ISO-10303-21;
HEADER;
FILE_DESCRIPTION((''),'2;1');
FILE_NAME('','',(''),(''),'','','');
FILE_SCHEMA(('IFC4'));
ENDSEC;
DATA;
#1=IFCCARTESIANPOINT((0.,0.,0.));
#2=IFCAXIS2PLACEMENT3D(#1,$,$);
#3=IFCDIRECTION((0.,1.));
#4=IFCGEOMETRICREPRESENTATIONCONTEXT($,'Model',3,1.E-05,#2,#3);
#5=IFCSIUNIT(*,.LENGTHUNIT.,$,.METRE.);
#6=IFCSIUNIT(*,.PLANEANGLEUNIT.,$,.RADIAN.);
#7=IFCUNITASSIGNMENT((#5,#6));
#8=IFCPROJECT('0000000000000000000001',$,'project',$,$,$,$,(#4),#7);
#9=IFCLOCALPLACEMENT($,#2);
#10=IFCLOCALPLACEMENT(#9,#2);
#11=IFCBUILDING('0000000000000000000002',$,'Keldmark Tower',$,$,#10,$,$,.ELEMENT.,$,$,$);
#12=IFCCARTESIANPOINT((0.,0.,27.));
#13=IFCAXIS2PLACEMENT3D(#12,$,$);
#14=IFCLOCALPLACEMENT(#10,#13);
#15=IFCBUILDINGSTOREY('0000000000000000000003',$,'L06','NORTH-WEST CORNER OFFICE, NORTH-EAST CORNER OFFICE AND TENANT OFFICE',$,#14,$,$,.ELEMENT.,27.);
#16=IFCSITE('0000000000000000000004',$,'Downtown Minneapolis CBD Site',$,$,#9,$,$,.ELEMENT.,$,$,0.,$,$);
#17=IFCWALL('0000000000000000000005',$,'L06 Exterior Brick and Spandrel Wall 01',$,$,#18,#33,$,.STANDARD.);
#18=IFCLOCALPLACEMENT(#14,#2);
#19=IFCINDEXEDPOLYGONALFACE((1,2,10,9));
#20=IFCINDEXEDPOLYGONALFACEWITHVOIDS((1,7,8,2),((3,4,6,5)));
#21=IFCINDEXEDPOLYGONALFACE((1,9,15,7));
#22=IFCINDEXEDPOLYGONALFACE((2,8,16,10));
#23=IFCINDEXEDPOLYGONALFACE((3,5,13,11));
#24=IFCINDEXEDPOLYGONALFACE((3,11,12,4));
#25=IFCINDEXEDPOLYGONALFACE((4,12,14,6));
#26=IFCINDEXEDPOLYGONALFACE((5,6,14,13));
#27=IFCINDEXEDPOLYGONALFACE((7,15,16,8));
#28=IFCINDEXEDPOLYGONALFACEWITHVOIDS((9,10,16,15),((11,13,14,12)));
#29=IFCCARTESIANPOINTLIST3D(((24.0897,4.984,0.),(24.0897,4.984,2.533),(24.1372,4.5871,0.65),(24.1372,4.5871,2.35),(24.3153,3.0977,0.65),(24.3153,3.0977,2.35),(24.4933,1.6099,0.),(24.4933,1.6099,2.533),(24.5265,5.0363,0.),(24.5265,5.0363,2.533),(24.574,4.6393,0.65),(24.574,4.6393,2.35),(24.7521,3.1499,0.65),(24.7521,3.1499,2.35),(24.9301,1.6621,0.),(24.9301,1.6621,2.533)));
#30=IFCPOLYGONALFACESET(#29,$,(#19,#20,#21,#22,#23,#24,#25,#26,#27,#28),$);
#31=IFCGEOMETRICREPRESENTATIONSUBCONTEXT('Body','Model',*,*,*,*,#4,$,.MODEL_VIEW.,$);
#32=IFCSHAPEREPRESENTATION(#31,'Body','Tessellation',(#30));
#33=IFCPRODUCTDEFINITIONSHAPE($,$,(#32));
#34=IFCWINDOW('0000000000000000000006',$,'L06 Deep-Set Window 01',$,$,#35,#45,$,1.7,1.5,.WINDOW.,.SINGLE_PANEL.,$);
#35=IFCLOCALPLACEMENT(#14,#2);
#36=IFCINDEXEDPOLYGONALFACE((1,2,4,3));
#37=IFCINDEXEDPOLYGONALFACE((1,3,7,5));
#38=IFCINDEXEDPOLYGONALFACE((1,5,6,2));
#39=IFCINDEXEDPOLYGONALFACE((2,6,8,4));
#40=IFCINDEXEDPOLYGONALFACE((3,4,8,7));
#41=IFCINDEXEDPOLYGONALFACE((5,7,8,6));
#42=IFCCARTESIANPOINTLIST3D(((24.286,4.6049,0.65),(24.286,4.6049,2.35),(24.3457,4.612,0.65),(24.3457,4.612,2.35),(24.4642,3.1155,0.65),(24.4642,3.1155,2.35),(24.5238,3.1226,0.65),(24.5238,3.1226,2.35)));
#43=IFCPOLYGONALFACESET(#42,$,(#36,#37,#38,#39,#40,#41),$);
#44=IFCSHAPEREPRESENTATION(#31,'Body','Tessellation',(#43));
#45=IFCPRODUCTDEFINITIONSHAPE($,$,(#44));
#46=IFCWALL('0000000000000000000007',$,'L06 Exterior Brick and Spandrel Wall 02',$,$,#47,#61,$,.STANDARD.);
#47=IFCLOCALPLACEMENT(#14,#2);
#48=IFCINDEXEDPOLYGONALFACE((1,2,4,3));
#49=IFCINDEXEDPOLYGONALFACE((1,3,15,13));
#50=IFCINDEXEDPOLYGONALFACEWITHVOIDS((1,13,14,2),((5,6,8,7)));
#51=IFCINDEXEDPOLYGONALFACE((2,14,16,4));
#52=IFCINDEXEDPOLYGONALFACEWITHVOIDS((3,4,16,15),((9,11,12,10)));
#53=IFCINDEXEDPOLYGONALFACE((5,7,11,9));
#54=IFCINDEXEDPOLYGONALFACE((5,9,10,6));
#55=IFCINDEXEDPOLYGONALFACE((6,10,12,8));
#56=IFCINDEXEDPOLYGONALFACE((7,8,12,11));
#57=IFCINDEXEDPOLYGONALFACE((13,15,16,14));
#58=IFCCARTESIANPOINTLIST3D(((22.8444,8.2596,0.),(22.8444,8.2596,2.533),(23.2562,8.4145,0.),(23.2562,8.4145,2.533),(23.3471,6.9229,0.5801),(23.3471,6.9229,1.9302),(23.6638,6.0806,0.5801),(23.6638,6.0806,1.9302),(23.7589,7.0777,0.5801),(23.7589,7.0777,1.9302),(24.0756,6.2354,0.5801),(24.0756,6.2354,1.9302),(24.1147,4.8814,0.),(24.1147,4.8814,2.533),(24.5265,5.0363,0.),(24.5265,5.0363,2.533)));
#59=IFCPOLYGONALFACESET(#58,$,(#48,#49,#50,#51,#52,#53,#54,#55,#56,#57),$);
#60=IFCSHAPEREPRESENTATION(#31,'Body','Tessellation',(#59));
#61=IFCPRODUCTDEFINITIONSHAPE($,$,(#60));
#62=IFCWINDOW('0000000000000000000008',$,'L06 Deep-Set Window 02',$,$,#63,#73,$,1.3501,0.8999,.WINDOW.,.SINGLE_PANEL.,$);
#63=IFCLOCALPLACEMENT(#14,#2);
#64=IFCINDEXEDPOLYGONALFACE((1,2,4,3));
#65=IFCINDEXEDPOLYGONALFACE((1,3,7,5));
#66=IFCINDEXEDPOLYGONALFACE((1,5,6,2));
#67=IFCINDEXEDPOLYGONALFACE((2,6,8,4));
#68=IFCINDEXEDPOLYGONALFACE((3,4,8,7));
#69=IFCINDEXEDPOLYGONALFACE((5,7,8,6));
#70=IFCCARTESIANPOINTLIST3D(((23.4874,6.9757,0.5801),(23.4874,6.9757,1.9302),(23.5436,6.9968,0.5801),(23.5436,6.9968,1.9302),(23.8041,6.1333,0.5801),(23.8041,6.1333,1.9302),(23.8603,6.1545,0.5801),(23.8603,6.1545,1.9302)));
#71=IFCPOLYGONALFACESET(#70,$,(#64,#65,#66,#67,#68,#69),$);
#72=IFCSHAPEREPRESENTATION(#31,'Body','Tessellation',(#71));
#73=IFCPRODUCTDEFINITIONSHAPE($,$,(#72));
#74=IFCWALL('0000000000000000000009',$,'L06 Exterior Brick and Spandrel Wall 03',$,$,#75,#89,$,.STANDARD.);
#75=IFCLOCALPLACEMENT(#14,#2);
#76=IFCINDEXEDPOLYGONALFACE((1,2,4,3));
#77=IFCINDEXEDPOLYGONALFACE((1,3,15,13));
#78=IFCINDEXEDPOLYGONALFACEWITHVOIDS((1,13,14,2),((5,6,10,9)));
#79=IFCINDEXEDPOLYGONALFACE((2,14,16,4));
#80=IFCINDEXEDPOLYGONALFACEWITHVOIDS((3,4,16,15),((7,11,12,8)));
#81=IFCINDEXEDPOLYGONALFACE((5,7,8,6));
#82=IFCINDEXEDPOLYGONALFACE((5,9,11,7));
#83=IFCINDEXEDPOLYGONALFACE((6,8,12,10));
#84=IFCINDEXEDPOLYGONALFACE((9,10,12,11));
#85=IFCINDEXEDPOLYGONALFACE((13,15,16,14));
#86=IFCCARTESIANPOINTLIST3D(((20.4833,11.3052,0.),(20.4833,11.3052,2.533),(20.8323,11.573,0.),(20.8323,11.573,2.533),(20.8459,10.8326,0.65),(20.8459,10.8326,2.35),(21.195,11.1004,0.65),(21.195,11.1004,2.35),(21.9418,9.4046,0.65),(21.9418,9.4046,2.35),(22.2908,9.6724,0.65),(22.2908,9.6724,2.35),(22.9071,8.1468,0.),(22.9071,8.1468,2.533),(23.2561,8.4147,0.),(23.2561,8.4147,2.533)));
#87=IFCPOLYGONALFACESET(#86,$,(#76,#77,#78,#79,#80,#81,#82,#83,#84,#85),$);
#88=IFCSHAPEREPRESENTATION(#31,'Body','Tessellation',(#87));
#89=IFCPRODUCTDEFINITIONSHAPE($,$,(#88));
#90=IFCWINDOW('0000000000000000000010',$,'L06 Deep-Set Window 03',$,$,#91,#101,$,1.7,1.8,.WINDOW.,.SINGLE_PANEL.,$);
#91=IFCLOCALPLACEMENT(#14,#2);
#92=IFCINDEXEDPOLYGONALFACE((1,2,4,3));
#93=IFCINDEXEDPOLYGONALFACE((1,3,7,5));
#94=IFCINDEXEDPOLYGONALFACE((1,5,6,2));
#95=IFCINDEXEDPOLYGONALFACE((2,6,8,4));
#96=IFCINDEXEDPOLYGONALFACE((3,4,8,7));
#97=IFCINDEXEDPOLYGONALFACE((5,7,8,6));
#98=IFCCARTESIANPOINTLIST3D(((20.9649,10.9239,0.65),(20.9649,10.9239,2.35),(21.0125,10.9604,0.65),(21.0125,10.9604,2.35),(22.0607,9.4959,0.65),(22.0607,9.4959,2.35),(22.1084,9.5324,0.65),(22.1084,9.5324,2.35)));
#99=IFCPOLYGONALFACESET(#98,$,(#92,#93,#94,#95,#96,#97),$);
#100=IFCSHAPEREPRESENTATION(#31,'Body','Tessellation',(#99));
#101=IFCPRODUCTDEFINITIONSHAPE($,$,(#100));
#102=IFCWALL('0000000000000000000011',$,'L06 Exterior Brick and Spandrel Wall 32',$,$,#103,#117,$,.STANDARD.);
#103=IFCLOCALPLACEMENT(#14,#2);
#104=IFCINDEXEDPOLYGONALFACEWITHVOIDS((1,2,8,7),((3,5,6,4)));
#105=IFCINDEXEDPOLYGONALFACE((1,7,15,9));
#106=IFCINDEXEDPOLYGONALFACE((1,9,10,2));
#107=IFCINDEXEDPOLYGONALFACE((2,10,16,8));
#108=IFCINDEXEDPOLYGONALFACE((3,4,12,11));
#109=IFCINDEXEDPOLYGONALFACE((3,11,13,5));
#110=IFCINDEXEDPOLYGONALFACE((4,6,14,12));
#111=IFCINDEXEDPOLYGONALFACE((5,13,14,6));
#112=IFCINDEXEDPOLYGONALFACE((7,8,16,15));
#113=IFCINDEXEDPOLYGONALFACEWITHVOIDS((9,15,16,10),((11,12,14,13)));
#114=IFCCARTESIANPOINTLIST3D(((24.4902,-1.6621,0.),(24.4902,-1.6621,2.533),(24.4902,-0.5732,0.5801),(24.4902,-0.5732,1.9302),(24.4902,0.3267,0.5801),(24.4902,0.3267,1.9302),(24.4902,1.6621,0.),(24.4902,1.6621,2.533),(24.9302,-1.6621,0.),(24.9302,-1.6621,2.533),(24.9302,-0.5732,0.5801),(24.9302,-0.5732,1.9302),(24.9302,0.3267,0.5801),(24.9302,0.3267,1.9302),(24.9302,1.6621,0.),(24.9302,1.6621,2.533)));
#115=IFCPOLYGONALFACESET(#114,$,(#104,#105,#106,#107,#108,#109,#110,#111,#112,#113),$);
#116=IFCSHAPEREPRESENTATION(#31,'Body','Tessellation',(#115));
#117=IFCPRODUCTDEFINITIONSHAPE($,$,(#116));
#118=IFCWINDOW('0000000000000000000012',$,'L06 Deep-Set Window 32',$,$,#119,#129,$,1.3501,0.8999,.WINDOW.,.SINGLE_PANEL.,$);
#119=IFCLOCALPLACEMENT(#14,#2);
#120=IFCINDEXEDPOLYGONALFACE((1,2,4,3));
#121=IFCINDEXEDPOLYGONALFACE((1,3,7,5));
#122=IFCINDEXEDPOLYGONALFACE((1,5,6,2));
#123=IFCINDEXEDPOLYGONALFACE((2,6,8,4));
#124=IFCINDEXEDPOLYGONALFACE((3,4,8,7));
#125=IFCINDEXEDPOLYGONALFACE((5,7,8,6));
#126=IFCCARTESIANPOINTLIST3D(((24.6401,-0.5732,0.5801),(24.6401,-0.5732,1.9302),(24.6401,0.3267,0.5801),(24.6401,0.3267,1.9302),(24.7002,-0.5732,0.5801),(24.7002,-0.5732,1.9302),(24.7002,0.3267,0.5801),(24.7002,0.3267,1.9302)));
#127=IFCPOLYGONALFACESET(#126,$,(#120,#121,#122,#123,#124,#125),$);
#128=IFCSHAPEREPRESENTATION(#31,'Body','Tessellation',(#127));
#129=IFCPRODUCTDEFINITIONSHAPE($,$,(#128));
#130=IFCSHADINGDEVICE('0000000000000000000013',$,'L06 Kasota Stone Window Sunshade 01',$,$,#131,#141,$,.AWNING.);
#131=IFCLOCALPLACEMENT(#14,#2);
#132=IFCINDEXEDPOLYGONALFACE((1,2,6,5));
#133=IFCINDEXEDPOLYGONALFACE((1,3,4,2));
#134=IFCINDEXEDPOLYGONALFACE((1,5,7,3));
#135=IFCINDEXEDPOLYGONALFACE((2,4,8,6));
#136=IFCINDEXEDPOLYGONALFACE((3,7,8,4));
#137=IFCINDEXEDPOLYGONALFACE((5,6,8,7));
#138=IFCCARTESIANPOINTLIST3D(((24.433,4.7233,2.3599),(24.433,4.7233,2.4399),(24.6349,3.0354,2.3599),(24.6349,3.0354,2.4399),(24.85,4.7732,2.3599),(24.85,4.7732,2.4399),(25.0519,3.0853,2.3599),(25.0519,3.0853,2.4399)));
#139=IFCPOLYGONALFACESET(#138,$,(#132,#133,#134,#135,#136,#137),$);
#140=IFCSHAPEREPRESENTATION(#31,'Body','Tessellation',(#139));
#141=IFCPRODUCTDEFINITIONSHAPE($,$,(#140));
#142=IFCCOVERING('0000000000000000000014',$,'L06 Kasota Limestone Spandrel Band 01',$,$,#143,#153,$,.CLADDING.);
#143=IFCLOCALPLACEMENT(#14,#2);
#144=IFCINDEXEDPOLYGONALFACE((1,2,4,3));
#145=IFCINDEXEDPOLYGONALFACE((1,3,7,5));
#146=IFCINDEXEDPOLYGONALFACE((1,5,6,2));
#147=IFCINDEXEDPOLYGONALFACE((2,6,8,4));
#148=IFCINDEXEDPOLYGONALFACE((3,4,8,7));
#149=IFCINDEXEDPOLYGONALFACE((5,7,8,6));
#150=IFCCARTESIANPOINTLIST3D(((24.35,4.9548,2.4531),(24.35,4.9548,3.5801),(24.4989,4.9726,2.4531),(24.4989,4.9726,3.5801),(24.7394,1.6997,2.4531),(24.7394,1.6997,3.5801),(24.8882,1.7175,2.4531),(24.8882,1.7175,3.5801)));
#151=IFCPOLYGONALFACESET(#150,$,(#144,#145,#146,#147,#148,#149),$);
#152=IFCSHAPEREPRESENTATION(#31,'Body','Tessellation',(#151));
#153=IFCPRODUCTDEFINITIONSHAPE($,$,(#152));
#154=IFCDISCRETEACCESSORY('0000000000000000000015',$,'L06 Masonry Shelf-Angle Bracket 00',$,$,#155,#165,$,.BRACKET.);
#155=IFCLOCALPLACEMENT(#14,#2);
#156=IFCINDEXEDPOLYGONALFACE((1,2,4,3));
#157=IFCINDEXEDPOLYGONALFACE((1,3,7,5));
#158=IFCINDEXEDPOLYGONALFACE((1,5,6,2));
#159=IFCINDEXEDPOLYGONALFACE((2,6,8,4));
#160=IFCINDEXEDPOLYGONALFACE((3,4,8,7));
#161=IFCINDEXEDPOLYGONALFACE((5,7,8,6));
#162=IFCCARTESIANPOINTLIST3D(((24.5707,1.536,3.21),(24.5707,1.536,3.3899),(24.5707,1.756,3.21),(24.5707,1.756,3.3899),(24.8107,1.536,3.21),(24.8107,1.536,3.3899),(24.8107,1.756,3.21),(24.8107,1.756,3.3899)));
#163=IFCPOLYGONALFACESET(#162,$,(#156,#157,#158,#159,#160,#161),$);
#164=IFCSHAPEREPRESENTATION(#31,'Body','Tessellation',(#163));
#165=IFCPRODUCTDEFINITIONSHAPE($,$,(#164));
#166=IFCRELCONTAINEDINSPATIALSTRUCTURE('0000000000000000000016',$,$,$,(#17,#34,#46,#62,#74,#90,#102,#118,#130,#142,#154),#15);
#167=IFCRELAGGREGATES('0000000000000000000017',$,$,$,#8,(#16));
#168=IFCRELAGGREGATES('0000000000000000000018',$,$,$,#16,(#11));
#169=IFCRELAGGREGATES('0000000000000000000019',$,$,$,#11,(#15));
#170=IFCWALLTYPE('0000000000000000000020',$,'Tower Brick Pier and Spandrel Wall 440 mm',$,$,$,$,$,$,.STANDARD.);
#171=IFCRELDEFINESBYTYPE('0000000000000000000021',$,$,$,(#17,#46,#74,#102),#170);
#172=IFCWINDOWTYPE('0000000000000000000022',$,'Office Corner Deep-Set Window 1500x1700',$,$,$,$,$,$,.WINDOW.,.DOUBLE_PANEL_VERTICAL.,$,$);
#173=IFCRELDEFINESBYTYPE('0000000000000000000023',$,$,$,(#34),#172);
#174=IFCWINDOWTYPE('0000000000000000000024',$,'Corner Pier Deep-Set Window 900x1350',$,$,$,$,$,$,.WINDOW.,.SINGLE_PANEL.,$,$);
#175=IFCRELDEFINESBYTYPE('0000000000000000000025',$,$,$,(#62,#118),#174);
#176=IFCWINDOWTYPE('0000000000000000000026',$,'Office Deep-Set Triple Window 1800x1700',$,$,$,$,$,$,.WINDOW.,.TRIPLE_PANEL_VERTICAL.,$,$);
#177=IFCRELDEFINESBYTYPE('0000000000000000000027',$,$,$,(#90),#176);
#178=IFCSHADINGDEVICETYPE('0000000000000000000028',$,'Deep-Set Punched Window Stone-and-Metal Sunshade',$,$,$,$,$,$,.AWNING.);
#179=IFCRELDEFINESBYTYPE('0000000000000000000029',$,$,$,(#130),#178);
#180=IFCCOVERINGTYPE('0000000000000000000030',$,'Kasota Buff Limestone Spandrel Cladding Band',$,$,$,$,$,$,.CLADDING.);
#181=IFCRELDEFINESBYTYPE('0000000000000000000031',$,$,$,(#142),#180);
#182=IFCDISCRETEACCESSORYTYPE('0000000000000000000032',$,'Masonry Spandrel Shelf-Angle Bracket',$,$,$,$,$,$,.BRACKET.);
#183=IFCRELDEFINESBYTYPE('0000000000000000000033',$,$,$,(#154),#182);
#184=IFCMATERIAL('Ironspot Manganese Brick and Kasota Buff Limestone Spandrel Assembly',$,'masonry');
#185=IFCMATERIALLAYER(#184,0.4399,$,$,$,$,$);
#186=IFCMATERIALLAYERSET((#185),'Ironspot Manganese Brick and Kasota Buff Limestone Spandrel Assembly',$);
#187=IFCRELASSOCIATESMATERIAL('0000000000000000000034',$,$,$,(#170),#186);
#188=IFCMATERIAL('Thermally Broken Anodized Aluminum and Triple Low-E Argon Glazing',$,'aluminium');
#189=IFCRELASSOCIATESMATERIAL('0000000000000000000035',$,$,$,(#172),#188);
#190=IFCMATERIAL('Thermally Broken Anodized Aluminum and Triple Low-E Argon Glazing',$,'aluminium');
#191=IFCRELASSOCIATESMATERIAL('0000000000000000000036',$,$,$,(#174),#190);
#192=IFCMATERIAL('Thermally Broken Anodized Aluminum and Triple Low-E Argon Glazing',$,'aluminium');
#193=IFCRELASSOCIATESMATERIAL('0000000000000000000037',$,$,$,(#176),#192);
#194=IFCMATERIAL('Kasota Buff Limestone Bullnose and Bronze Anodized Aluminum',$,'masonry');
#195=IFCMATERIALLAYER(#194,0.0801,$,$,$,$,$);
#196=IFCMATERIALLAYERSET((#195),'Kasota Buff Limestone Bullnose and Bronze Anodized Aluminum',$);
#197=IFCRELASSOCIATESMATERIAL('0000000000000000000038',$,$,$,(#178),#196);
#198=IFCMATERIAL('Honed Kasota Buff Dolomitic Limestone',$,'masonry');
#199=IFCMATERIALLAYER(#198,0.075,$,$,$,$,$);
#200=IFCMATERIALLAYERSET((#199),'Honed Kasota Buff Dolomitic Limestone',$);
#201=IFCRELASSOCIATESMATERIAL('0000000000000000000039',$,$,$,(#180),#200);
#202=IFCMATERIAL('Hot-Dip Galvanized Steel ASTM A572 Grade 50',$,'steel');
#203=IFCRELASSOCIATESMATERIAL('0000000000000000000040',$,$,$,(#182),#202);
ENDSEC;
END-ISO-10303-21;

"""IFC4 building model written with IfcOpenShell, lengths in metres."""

from ifc_helpers import new_model, si_unit, direction, frame, frame_2d, origin, origin_2d, place, context, subcontext, project, spatial, rectangle, extrude, material, layer, layer_set, type_object, element, fill, save


model = new_model("IFC4")

# Units and contexts
model_context = context("Model", 3, precision=1e-05, world=origin(), true_north=direction((0.0, 1.0)))
body_context = subcontext(model_context, "Body", "Model", "MODEL_VIEW")
ifc_project = project(units=[si_unit("LENGTHUNIT", "METRE"), si_unit("PLANEANGLEUNIT", "RADIAN")], contexts=[model_context])

# Site, building, storey
site_placement = place(None, origin())
site = spatial("IfcSite", under=ifc_project, at=site_placement, Name="Downtown Minneapolis CBD Site", CompositionType="ELEMENT", RefElevation=0.0)
building_placement = place(site_placement, origin())
building = spatial("IfcBuilding", under=site, at=building_placement, Name="Keldmark Tower", CompositionType="ELEMENT")
storey_placement = place(building_placement, frame((0.0, 0.0, 27.0)))
storey = spatial("IfcBuildingStorey", under=building, at=storey_placement, Name="L06", Description="NORTH-WEST CORNER OFFICE, NORTH-EAST CORNER OFFICE AND TENANT OFFICE", CompositionType="ELEMENT", Elevation=27.0)

# Walls, openings, windows
ifc_material_1 = material(Name="Ironspot Manganese Brick and Kasota Buff Limestone Spandrel Assembly", Category="masonry")
ifc_layer_1 = layer(ifc_material_1, 0.4399)
ifc_layer_set_1 = layer_set([ifc_layer_1], Name="Ironspot Manganese Brick and Kasota Buff Limestone Spandrel Assembly")
wall_type_1 = type_object("IfcWallType", Name="Tower Brick Pier and Spandrel Wall 440 mm", PredefinedType="STANDARD", material=ifc_layer_set_1)
wall_1_placement = place(storey_placement, frame((24.3081, 5.0103, 0.0), z_axis=(0.0, 0.0, 1.0), x_axis=(0.118754, -0.992924, 0.0)))
wall_1 = element("IfcWall", 1, at=wall_1_placement, inside=storey, type_object=wall_type_1, Name="L06 Exterior Brick and Spandrel Wall 01", PredefinedType="STANDARD", context=body_context, shape_type="SweptSolid", body=[
    extrude(rectangle(XDim=3.3982, YDim=0.4399, at=frame_2d((1.6992, 0.0))), origin(), (0.0, 0.0, 1.0), 2.533),
])
opening_1_placement = place(wall_1_placement, frame((0.3999, 0.0, 0.6499)))
opening_1 = element("IfcOpeningElement", 2, at=opening_1_placement, cuts=wall_1, PredefinedType="OPENING", context=body_context, shape_type="SweptSolid", body=[
    extrude(rectangle(XDim=1.5, YDim=1.7, at=frame_2d((0.75, 0.8501))), frame((0.0, 0.23, 0.0), z_axis=(0.0, -1.0, 0.0), x_axis=(1.0, 0.0, 0.0)), (0.0, 0.0, 1.0), 0.46),
])
ifc_material_2 = material(Name="Thermally Broken Anodized Aluminum and Triple Low-E Argon Glazing", Category="aluminium")
window_type_1 = type_object("IfcWindowType", Name="Office Corner Deep-Set Window 1500x1700", PartitioningType="DOUBLE_PANEL_VERTICAL", PredefinedType="WINDOW", material=ifc_material_2)
window_1_placement = place(opening_1_placement, origin())
window_1 = element("IfcWindow", 3, at=window_1_placement, inside=storey, type_object=window_type_1, Name="L06 Deep-Set Window 01", OverallHeight=1.7, OverallWidth=1.5, PartitioningType="SINGLE_PANEL", PredefinedType="WINDOW", context=body_context, shape_type="SweptSolid", body=[
    extrude(rectangle(XDim=1.5, YDim=1.7, at=frame_2d((0.75, 0.8501))), frame((0.0, -0.01, 0.0), z_axis=(0.0, -1.0, 0.0), x_axis=(1.0, 0.0, 0.0)), (0.0, 0.0, 1.0), 0.0601),
])
fill(opening_1, window_1)
wall_2_placement = place(storey_placement, frame((23.0503, 8.3372, 0.0), z_axis=(0.0, 0.0, 1.0), x_axis=(0.351961, -0.936015, 0.0)))
wall_2 = element("IfcWall", 4, at=wall_2_placement, inside=storey, type_object=wall_type_1, Name="L06 Exterior Brick and Spandrel Wall 02", PredefinedType="STANDARD", context=body_context, shape_type="SweptSolid", body=[
    extrude(rectangle(XDim=3.6091, YDim=0.4399, at=frame_2d((1.8047, 0.0))), origin(), (0.0, 0.0, 1.0), 2.533),
])
opening_2_placement = place(wall_2_placement, frame((1.4282, 0.0, 0.5801)))
opening_2 = element("IfcOpeningElement", 5, at=opening_2_placement, cuts=wall_2, PredefinedType="OPENING", context=body_context, shape_type="SweptSolid", body=[
    extrude(rectangle(XDim=0.8999, YDim=1.3501, at=frame_2d((0.45, 0.675))), frame((0.0, 0.23, 0.0), z_axis=(0.0, -1.0, 0.0), x_axis=(1.0, 0.0, 0.0)), (0.0, 0.0, 1.0), 0.46),
])
ifc_material_3 = material(Name="Thermally Broken Anodized Aluminum and Triple Low-E Argon Glazing", Category="aluminium")
window_type_2 = type_object("IfcWindowType", Name="Corner Pier Deep-Set Window 900x1350", PartitioningType="SINGLE_PANEL", PredefinedType="WINDOW", material=ifc_material_3)
window_2_placement = place(opening_2_placement, origin())
window_2 = element("IfcWindow", 6, at=window_2_placement, inside=storey, type_object=window_type_2, Name="L06 Deep-Set Window 02", OverallHeight=1.3501, OverallWidth=0.8999, PartitioningType="SINGLE_PANEL", PredefinedType="WINDOW", context=body_context, shape_type="SweptSolid", body=[
    extrude(rectangle(XDim=0.8999, YDim=1.3501, at=frame_2d((0.45, 0.675))), frame((0.0, -0.01, 0.0), z_axis=(0.0, -1.0, 0.0), x_axis=(1.0, 0.0, 0.0)), (0.0, 0.0, 1.0), 0.0601),
])
fill(opening_2, window_2)
wall_3_placement = place(storey_placement, frame((20.6577, 11.4392, 0.0), z_axis=(0.0, 0.0, 1.0), x_axis=(0.608804, -0.793321, 0.0)))
wall_3 = element("IfcWall", 7, at=wall_3_placement, inside=storey, type_object=wall_type_1, Name="L06 Exterior Brick and Spandrel Wall 03", PredefinedType="STANDARD", context=body_context, shape_type="SweptSolid", body=[
    extrude(rectangle(XDim=3.9812, YDim=0.4399, at=frame_2d((1.9907, 0.0))), origin(), (0.0, 0.0, 1.0), 2.533),
])
opening_3_placement = place(wall_3_placement, frame((0.5959, 0.0, 0.6499)))
opening_3 = element("IfcOpeningElement", 8, at=opening_3_placement, cuts=wall_3, PredefinedType="OPENING", context=body_context, shape_type="SweptSolid", body=[
    extrude(rectangle(XDim=1.8, YDim=1.7, at=frame_2d((0.8999, 0.8501))), frame((0.0, 0.23, 0.0), z_axis=(0.0, -1.0, 0.0), x_axis=(1.0, 0.0, 0.0)), (0.0, 0.0, 1.0), 0.46),
])
ifc_material_4 = material(Name="Thermally Broken Anodized Aluminum and Triple Low-E Argon Glazing", Category="aluminium")
window_type_3 = type_object("IfcWindowType", Name="Office Deep-Set Triple Window 1800x1700", PartitioningType="TRIPLE_PANEL_VERTICAL", PredefinedType="WINDOW", material=ifc_material_4)
window_3_placement = place(opening_3_placement, origin())
window_3 = element("IfcWindow", 9, at=window_3_placement, inside=storey, type_object=window_type_3, Name="L06 Deep-Set Window 03", OverallHeight=1.7, OverallWidth=1.8, PartitioningType="SINGLE_PANEL", PredefinedType="WINDOW", context=body_context, shape_type="SweptSolid", body=[
    extrude(rectangle(XDim=1.8, YDim=1.7, at=frame_2d((0.8999, 0.8501))), frame((0.0, -0.01, 0.0), z_axis=(0.0, -1.0, 0.0), x_axis=(1.0, 0.0, 0.0)), (0.0, 0.0, 1.0), 0.0601),
])
fill(opening_3, window_3)
wall_4_placement = place(storey_placement, frame((24.7102, 1.6621, 0.0), z_axis=(0.0, 0.0, 1.0), x_axis=(0.0, -1.0, 0.0)))
wall_4 = element("IfcWall", 10, at=wall_4_placement, inside=storey, type_object=wall_type_1, Name="L06 Exterior Brick and Spandrel Wall 32", PredefinedType="STANDARD", context=body_context, shape_type="SweptSolid", body=[
    extrude(rectangle(XDim=3.3242, YDim=0.4399, at=frame_2d((1.6621, 0.0))), origin(), (0.0, 0.0, 1.0), 2.533),
])
opening_4_placement = place(wall_4_placement, frame((1.3354, 0.0, 0.5801)))
opening_4 = element("IfcOpeningElement", 11, at=opening_4_placement, cuts=wall_4, PredefinedType="OPENING", context=body_context, shape_type="SweptSolid", body=[
    extrude(rectangle(XDim=0.8999, YDim=1.3501, at=frame_2d((0.45, 0.675))), frame((0.0, 0.23, 0.0), z_axis=(0.0, -1.0, 0.0), x_axis=(1.0, 0.0, 0.0)), (0.0, 0.0, 1.0), 0.46),
])
window_4_placement = place(opening_4_placement, origin())
window_4 = element("IfcWindow", 12, at=window_4_placement, inside=storey, type_object=window_type_2, Name="L06 Deep-Set Window 32", OverallHeight=1.3501, OverallWidth=0.8999, PartitioningType="SINGLE_PANEL", PredefinedType="WINDOW", context=body_context, shape_type="SweptSolid", body=[
    extrude(rectangle(XDim=0.8999, YDim=1.3501, at=frame_2d((0.45, 0.675))), frame((0.0, -0.01, 0.0), z_axis=(0.0, -1.0, 0.0), x_axis=(1.0, 0.0, 0.0)), (0.0, 0.0, 1.0), 0.0601),
])
fill(opening_4, window_4)

# Shading device
ifc_material_5 = material(Name="Kasota Buff Limestone Bullnose and Bronze Anodized Aluminum", Category="masonry")
ifc_layer_2 = layer(ifc_material_5, 0.0801)
ifc_layer_set_2 = layer_set([ifc_layer_2], Name="Kasota Buff Limestone Bullnose and Bronze Anodized Aluminum")
shading_device_type = type_object("IfcShadingDeviceType", Name="Deep-Set Punched Window Stone-and-Metal Sunshade", PredefinedType="AWNING", material=ifc_layer_set_2)
shading_device_placement = place(storey_placement, frame((24.7424, 3.9043, 2.3599), z_axis=(0.0, 0.0, 1.0), x_axis=(0.118768, -0.992922, 0.0)))
element("IfcShadingDevice", 13, at=shading_device_placement, inside=storey, type_object=shading_device_type, Name="L06 Kasota Stone Window Sunshade 01", PredefinedType="AWNING", context=body_context, shape_type="SweptSolid", body=[
    extrude(rectangle(XDim=1.7, YDim=0.4199, at=origin_2d()), origin(), (0.0, 0.0, 1.0), 0.0801),
])

# Covering
ifc_material_6 = material(Name="Honed Kasota Buff Dolomitic Limestone", Category="masonry")
ifc_layer_3 = layer(ifc_material_6, 0.075)
ifc_layer_set_3 = layer_set([ifc_layer_3], Name="Honed Kasota Buff Dolomitic Limestone")
covering_type = type_object("IfcCoveringType", Name="Kasota Buff Limestone Spandrel Cladding Band", PredefinedType="CLADDING", material=ifc_layer_set_3)
covering_placement = place(storey_placement, frame((24.6191, 3.3362, 2.4531), z_axis=(0.0, 0.0, 1.0), x_axis=(-0.118768, 0.992922, 0.0)))
element("IfcCovering", 14, at=covering_placement, inside=storey, type_object=covering_type, Name="L06 Kasota Limestone Spandrel Band 01", PredefinedType="CLADDING", context=body_context, shape_type="SweptSolid", body=[
    extrude(rectangle(XDim=3.2783, YDim=0.1499, at=origin_2d()), origin(), (0.0, 0.0, 1.0), 1.127),
])

# Discrete accessory
ifc_material_7 = material(Name="Hot-Dip Galvanized Steel ASTM A572 Grade 50", Category="steel")
discrete_accessory_type = type_object("IfcDiscreteAccessoryType", Name="Masonry Spandrel Shelf-Angle Bracket", PredefinedType="BRACKET", material=ifc_material_7)
discrete_accessory_placement = place(storey_placement, frame((24.6907, 1.646, 3.21), z_axis=(0.0, 0.0, 1.0), x_axis=(1.0, 0.0, 0.0)))
element("IfcDiscreteAccessory", 15, at=discrete_accessory_placement, inside=storey, type_object=discrete_accessory_type, Name="L06 Masonry Shelf-Angle Bracket 00", PredefinedType="BRACKET", context=body_context, shape_type="SweptSolid", body=[
    extrude(rectangle(XDim=0.24, YDim=0.22, at=origin_2d()), origin(), (0.0, 0.0, 1.0), 0.1799),
])

save(model, "model.ifc")
